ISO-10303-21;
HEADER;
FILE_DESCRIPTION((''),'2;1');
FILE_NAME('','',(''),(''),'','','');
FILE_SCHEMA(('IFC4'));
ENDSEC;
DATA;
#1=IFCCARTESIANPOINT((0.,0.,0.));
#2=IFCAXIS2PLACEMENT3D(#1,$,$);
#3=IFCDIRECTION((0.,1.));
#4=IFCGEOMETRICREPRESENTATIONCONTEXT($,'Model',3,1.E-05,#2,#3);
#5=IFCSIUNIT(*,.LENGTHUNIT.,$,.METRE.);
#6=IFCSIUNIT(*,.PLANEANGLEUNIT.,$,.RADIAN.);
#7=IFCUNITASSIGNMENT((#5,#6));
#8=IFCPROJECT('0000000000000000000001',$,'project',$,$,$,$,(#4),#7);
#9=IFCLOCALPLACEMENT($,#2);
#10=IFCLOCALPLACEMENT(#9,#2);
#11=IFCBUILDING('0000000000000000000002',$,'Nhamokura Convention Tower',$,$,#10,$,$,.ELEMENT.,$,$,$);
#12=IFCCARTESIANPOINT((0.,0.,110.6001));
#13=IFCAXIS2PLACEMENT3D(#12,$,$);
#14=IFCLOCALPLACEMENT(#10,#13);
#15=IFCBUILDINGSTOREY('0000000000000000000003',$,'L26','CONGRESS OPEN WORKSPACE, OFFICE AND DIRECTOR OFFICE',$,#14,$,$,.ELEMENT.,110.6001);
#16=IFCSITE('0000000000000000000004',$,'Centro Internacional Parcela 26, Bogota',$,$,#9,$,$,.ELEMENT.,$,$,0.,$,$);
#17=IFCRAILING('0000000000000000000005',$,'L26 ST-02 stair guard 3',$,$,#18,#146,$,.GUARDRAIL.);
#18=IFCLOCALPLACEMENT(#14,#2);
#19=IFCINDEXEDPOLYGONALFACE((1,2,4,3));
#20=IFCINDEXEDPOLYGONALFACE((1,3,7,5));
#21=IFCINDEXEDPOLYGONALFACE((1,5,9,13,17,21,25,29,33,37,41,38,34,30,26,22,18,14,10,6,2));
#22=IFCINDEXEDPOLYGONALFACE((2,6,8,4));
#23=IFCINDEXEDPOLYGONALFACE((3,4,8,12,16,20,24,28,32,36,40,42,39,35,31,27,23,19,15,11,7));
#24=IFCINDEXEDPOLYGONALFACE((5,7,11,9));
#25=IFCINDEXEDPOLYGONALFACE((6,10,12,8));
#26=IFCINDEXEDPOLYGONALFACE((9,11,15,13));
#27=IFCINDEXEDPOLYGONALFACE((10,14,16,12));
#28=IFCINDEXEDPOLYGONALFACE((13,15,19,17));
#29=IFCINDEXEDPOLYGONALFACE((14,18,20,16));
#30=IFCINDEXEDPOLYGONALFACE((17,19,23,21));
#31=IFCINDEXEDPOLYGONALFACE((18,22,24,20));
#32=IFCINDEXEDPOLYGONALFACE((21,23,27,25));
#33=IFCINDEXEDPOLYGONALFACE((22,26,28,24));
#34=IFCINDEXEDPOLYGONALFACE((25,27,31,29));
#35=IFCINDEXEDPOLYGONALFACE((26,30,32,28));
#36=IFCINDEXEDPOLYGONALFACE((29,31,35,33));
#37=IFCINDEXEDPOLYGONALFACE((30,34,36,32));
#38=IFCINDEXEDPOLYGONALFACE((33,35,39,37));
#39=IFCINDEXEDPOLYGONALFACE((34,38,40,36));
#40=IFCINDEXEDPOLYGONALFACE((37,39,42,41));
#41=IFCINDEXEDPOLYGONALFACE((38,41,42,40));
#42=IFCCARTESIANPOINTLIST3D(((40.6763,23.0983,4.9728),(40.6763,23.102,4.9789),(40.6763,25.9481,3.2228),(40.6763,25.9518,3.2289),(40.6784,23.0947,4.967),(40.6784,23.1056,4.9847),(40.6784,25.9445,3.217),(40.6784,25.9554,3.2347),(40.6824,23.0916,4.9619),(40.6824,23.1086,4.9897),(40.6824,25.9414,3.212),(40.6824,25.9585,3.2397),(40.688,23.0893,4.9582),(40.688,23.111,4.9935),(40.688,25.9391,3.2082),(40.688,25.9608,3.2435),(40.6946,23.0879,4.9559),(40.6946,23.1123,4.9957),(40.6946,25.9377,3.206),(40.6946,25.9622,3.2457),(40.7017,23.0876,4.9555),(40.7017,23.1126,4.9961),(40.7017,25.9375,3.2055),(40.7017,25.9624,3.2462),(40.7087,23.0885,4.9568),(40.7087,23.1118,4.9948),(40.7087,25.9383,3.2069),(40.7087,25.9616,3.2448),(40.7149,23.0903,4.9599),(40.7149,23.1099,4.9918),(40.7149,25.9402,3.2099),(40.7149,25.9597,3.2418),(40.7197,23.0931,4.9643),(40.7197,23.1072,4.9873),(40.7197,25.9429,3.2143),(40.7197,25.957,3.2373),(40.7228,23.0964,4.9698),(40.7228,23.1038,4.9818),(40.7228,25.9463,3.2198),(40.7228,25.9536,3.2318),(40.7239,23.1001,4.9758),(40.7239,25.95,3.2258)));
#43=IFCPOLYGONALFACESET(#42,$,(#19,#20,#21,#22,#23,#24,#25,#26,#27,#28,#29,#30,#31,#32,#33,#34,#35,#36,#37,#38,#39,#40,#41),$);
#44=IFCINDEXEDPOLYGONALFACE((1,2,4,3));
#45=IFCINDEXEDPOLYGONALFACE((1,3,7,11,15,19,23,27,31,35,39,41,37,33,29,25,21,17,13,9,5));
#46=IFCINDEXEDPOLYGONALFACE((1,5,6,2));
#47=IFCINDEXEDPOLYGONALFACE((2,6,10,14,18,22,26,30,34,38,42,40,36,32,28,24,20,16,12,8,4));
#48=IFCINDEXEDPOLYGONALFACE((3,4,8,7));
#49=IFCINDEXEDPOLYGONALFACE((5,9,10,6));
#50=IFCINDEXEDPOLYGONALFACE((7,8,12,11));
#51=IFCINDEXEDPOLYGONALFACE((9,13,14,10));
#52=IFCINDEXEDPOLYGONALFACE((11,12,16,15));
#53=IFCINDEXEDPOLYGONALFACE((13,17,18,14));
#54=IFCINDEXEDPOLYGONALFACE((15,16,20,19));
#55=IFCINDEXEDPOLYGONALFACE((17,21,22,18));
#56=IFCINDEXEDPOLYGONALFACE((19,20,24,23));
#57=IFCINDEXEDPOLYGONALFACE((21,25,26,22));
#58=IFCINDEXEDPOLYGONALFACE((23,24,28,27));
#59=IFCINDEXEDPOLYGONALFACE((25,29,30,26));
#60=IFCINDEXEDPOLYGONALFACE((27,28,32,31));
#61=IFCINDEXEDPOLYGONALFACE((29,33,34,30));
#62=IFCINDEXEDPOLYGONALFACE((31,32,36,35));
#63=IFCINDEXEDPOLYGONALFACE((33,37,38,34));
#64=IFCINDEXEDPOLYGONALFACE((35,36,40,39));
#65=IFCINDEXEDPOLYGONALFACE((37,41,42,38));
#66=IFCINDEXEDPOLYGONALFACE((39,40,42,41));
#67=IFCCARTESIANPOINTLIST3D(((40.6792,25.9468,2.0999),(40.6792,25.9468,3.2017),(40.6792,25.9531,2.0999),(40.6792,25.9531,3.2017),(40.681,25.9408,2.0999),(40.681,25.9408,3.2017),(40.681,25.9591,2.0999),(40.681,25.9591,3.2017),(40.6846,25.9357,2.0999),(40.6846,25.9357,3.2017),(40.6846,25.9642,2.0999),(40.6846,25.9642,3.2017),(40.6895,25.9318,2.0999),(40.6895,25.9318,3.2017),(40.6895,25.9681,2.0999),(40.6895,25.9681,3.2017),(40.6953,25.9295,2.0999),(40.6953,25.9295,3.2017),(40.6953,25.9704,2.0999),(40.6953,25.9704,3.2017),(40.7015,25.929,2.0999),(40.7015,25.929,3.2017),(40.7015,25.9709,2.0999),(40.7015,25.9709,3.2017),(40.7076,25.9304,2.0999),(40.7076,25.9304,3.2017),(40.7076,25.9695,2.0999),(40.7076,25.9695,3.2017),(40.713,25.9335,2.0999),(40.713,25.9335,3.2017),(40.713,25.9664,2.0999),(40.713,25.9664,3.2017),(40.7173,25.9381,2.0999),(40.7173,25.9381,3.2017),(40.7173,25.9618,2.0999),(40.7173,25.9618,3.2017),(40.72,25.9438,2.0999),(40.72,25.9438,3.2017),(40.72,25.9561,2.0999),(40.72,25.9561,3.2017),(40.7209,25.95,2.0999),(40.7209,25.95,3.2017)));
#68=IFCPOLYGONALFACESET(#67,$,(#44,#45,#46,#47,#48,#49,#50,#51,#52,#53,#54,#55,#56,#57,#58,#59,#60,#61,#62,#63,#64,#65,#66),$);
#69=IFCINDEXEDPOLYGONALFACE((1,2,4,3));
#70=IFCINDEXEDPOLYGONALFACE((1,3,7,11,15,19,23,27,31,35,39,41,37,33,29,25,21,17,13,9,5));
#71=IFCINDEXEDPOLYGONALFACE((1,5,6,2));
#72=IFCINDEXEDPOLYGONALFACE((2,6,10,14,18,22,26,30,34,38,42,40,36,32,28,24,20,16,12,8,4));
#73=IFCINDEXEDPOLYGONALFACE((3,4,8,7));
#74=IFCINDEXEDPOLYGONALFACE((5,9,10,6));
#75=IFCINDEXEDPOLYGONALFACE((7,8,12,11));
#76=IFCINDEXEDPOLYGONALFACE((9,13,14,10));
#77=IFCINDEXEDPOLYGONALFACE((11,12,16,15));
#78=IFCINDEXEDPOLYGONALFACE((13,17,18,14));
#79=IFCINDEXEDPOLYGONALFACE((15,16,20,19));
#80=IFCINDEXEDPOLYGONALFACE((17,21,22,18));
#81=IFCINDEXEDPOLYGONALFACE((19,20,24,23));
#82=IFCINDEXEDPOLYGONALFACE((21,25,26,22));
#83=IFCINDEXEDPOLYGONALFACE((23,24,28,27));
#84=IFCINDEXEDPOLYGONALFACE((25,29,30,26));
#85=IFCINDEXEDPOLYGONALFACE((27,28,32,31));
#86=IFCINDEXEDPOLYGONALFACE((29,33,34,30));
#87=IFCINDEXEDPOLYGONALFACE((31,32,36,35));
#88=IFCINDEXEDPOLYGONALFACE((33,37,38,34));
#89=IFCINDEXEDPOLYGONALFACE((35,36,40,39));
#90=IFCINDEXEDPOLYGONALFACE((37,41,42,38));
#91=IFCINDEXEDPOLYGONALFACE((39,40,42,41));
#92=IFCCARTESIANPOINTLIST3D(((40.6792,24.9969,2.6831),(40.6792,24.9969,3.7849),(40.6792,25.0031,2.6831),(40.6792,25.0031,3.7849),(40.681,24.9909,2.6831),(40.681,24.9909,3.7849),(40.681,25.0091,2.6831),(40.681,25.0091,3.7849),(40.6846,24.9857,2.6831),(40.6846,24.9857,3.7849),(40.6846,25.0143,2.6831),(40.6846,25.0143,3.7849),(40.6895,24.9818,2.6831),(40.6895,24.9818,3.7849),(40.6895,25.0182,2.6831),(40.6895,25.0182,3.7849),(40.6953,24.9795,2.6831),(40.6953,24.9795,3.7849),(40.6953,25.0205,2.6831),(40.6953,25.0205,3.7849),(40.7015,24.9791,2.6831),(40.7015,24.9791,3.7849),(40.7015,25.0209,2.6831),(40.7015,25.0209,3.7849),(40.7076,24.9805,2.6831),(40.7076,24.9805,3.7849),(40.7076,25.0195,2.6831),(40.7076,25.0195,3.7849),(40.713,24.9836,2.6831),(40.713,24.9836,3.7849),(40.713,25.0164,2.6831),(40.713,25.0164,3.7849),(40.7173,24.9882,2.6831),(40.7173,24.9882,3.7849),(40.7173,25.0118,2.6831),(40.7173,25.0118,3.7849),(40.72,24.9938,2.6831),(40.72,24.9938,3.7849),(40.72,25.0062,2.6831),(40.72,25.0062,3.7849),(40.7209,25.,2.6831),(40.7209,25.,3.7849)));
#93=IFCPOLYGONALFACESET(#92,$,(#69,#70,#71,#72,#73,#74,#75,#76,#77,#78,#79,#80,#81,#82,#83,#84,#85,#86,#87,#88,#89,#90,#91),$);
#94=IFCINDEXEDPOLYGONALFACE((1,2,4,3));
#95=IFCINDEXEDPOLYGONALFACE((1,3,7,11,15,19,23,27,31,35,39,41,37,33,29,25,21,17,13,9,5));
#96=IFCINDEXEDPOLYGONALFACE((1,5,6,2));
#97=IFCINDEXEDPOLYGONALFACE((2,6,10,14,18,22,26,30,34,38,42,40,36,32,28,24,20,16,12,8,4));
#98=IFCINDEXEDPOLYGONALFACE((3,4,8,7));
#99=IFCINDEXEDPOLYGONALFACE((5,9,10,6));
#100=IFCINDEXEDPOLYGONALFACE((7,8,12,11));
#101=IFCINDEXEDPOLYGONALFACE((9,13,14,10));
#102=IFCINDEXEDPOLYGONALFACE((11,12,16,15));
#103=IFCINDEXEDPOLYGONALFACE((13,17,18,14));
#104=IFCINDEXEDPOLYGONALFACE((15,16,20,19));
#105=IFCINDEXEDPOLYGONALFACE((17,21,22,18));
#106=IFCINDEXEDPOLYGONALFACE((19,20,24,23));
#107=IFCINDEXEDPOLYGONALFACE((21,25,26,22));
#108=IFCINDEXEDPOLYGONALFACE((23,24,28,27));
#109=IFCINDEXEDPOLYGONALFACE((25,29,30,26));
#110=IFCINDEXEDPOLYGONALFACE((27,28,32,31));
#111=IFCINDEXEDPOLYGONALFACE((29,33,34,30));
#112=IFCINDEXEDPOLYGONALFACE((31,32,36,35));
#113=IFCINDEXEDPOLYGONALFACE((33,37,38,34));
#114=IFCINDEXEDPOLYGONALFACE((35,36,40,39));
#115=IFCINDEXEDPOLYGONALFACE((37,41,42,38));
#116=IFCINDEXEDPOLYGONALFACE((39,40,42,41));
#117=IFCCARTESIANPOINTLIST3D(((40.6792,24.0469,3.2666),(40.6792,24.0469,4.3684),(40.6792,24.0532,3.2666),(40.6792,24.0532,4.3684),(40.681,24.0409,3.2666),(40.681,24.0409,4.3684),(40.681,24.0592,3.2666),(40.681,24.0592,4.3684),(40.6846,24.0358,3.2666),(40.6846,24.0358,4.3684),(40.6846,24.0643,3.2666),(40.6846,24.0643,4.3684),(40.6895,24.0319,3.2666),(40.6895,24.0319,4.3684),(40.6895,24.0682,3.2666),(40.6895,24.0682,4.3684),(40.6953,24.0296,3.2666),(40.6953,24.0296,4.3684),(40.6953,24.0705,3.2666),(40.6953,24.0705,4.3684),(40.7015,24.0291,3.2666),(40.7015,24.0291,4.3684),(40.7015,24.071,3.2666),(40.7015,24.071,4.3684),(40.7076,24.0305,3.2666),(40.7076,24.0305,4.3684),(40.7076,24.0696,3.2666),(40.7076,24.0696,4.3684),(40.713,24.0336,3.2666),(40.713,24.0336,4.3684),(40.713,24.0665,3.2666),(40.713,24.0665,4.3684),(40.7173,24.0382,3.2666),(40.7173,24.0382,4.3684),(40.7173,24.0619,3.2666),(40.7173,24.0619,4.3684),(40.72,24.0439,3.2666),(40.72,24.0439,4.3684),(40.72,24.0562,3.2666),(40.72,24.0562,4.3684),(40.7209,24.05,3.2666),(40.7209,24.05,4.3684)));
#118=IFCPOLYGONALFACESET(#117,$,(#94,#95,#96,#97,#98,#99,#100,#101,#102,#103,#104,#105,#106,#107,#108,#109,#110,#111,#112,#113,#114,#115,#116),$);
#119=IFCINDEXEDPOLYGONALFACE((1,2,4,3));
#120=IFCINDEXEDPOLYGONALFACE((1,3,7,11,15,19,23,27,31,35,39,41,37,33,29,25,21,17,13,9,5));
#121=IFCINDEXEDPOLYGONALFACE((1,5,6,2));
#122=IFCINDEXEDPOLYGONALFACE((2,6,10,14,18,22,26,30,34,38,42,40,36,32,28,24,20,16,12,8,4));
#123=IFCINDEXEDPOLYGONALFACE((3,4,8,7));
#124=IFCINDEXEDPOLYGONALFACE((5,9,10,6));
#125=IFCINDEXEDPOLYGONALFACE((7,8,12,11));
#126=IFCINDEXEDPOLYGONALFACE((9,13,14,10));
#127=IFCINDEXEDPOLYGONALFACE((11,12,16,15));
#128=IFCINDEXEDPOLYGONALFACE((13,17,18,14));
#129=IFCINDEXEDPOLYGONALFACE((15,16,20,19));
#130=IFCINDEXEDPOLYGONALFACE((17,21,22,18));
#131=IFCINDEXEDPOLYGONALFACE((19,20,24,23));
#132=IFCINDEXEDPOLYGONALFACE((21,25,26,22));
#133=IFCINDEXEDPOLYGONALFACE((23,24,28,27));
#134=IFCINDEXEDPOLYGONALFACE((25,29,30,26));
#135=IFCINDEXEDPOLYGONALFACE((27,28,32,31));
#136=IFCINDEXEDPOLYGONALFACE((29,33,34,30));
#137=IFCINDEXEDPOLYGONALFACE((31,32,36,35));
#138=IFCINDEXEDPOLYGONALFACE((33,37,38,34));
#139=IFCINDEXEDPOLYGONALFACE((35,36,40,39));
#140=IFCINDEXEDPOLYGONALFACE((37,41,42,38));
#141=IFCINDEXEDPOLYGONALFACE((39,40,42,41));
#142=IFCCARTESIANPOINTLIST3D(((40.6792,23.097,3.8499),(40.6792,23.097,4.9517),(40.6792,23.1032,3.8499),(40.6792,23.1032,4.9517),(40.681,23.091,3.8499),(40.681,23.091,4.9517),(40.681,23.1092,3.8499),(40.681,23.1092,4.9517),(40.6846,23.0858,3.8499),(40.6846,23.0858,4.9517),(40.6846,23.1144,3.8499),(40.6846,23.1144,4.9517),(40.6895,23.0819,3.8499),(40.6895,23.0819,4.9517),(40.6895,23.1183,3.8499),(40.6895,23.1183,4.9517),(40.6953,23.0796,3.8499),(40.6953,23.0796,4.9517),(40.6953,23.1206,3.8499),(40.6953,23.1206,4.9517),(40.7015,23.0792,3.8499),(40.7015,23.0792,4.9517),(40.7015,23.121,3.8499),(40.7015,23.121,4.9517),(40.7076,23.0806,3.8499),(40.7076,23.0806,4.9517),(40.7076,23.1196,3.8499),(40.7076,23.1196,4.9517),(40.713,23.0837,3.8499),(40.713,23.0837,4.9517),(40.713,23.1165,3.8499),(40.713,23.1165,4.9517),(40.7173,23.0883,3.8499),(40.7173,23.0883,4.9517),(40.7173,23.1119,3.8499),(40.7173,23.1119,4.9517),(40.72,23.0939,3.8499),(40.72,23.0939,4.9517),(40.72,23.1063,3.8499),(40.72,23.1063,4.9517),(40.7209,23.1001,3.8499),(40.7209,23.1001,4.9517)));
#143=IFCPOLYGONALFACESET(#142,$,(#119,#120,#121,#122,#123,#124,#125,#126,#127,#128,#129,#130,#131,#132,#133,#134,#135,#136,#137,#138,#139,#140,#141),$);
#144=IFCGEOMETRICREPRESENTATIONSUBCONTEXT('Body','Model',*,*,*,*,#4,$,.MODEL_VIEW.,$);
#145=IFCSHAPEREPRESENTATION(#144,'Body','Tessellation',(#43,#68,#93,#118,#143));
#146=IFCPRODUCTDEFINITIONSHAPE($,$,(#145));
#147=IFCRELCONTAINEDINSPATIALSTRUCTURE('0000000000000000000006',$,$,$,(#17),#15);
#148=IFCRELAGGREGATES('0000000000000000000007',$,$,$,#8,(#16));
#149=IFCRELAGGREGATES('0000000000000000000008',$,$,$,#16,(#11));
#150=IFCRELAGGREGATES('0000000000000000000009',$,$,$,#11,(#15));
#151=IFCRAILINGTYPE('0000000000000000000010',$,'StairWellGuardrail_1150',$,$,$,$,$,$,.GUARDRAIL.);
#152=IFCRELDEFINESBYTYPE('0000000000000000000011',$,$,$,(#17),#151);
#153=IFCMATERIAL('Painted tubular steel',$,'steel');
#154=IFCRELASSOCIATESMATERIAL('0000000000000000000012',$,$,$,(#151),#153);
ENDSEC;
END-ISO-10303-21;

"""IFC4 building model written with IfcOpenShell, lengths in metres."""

from ifc_helpers import new_model, si_unit, direction, frame, origin, origin_2d, place, context, subcontext, project, spatial, circle, extrude, material, type_object, element, save


model = new_model("IFC4")

# Units and contexts
model_context = context("Model", 3, precision=1e-05, world=origin(), true_north=direction((0.0, 1.0)))
body_context = subcontext(model_context, "Body", "Model", "MODEL_VIEW")
ifc_project = project(units=[si_unit("LENGTHUNIT", "METRE"), si_unit("PLANEANGLEUNIT", "RADIAN")], contexts=[model_context])

# Site, building, storey
site_placement = place(None, origin())
site = spatial("IfcSite", under=ifc_project, at=site_placement, Name="Centro Internacional Parcela 26, Bogota", CompositionType="ELEMENT", RefElevation=0.0)
building_placement = place(site_placement, origin())
building = spatial("IfcBuilding", under=site, at=building_placement, Name="Nhamokura Convention Tower", CompositionType="ELEMENT")
storey_placement = place(building_placement, frame((0.0, 0.0, 110.6001)))
storey = spatial("IfcBuildingStorey", under=building, at=storey_placement, Name="L26", Description="CONGRESS OPEN WORKSPACE, OFFICE AND DIRECTOR OFFICE", CompositionType="ELEMENT", Elevation=110.6001)

# Railing
ifc_material_1 = material(Name="Painted tubular steel", Category="steel")
railing_type_1 = type_object("IfcRailingType", Name="StairWellGuardrail_1150", PredefinedType="GUARDRAIL", material=ifc_material_1)
railing_1_placement = place(storey_placement, frame((40.7, 25.95, 2.0999)))
element("IfcRailing", 1, at=railing_1_placement, inside=storey, type_object=railing_type_1, Name="L26 ST-02 stair guard 3", PredefinedType="GUARDRAIL", context=body_context, shape_type="SweptSolid", body=[
    extrude(circle(Radius=0.0239, at=origin_2d()), frame((0.0, 0.0, 1.126), z_axis=(0.0, -0.852159, 0.523283), x_axis=(1.0, 0.0, 0.0)), (0.0, 0.0, 1.0), 3.3442),
    extrude(circle(Radius=0.021, at=origin_2d()), origin(), (0.0, 0.0, 1.0), 1.1018),
    extrude(circle(Radius=0.021, at=origin_2d()), frame((0.0, -0.95, 0.5833)), (0.0, 0.0, 1.0), 1.1018),
    extrude(circle(Radius=0.021, at=origin_2d()), frame((0.0, -1.8999, 1.1667)), (0.0, 0.0, 1.0), 1.1018),
    extrude(circle(Radius=0.021, at=origin_2d()), frame((0.0, -2.8499, 1.75)), (0.0, 0.0, 1.0), 1.1018),
])

save(model, "model.ifc")
